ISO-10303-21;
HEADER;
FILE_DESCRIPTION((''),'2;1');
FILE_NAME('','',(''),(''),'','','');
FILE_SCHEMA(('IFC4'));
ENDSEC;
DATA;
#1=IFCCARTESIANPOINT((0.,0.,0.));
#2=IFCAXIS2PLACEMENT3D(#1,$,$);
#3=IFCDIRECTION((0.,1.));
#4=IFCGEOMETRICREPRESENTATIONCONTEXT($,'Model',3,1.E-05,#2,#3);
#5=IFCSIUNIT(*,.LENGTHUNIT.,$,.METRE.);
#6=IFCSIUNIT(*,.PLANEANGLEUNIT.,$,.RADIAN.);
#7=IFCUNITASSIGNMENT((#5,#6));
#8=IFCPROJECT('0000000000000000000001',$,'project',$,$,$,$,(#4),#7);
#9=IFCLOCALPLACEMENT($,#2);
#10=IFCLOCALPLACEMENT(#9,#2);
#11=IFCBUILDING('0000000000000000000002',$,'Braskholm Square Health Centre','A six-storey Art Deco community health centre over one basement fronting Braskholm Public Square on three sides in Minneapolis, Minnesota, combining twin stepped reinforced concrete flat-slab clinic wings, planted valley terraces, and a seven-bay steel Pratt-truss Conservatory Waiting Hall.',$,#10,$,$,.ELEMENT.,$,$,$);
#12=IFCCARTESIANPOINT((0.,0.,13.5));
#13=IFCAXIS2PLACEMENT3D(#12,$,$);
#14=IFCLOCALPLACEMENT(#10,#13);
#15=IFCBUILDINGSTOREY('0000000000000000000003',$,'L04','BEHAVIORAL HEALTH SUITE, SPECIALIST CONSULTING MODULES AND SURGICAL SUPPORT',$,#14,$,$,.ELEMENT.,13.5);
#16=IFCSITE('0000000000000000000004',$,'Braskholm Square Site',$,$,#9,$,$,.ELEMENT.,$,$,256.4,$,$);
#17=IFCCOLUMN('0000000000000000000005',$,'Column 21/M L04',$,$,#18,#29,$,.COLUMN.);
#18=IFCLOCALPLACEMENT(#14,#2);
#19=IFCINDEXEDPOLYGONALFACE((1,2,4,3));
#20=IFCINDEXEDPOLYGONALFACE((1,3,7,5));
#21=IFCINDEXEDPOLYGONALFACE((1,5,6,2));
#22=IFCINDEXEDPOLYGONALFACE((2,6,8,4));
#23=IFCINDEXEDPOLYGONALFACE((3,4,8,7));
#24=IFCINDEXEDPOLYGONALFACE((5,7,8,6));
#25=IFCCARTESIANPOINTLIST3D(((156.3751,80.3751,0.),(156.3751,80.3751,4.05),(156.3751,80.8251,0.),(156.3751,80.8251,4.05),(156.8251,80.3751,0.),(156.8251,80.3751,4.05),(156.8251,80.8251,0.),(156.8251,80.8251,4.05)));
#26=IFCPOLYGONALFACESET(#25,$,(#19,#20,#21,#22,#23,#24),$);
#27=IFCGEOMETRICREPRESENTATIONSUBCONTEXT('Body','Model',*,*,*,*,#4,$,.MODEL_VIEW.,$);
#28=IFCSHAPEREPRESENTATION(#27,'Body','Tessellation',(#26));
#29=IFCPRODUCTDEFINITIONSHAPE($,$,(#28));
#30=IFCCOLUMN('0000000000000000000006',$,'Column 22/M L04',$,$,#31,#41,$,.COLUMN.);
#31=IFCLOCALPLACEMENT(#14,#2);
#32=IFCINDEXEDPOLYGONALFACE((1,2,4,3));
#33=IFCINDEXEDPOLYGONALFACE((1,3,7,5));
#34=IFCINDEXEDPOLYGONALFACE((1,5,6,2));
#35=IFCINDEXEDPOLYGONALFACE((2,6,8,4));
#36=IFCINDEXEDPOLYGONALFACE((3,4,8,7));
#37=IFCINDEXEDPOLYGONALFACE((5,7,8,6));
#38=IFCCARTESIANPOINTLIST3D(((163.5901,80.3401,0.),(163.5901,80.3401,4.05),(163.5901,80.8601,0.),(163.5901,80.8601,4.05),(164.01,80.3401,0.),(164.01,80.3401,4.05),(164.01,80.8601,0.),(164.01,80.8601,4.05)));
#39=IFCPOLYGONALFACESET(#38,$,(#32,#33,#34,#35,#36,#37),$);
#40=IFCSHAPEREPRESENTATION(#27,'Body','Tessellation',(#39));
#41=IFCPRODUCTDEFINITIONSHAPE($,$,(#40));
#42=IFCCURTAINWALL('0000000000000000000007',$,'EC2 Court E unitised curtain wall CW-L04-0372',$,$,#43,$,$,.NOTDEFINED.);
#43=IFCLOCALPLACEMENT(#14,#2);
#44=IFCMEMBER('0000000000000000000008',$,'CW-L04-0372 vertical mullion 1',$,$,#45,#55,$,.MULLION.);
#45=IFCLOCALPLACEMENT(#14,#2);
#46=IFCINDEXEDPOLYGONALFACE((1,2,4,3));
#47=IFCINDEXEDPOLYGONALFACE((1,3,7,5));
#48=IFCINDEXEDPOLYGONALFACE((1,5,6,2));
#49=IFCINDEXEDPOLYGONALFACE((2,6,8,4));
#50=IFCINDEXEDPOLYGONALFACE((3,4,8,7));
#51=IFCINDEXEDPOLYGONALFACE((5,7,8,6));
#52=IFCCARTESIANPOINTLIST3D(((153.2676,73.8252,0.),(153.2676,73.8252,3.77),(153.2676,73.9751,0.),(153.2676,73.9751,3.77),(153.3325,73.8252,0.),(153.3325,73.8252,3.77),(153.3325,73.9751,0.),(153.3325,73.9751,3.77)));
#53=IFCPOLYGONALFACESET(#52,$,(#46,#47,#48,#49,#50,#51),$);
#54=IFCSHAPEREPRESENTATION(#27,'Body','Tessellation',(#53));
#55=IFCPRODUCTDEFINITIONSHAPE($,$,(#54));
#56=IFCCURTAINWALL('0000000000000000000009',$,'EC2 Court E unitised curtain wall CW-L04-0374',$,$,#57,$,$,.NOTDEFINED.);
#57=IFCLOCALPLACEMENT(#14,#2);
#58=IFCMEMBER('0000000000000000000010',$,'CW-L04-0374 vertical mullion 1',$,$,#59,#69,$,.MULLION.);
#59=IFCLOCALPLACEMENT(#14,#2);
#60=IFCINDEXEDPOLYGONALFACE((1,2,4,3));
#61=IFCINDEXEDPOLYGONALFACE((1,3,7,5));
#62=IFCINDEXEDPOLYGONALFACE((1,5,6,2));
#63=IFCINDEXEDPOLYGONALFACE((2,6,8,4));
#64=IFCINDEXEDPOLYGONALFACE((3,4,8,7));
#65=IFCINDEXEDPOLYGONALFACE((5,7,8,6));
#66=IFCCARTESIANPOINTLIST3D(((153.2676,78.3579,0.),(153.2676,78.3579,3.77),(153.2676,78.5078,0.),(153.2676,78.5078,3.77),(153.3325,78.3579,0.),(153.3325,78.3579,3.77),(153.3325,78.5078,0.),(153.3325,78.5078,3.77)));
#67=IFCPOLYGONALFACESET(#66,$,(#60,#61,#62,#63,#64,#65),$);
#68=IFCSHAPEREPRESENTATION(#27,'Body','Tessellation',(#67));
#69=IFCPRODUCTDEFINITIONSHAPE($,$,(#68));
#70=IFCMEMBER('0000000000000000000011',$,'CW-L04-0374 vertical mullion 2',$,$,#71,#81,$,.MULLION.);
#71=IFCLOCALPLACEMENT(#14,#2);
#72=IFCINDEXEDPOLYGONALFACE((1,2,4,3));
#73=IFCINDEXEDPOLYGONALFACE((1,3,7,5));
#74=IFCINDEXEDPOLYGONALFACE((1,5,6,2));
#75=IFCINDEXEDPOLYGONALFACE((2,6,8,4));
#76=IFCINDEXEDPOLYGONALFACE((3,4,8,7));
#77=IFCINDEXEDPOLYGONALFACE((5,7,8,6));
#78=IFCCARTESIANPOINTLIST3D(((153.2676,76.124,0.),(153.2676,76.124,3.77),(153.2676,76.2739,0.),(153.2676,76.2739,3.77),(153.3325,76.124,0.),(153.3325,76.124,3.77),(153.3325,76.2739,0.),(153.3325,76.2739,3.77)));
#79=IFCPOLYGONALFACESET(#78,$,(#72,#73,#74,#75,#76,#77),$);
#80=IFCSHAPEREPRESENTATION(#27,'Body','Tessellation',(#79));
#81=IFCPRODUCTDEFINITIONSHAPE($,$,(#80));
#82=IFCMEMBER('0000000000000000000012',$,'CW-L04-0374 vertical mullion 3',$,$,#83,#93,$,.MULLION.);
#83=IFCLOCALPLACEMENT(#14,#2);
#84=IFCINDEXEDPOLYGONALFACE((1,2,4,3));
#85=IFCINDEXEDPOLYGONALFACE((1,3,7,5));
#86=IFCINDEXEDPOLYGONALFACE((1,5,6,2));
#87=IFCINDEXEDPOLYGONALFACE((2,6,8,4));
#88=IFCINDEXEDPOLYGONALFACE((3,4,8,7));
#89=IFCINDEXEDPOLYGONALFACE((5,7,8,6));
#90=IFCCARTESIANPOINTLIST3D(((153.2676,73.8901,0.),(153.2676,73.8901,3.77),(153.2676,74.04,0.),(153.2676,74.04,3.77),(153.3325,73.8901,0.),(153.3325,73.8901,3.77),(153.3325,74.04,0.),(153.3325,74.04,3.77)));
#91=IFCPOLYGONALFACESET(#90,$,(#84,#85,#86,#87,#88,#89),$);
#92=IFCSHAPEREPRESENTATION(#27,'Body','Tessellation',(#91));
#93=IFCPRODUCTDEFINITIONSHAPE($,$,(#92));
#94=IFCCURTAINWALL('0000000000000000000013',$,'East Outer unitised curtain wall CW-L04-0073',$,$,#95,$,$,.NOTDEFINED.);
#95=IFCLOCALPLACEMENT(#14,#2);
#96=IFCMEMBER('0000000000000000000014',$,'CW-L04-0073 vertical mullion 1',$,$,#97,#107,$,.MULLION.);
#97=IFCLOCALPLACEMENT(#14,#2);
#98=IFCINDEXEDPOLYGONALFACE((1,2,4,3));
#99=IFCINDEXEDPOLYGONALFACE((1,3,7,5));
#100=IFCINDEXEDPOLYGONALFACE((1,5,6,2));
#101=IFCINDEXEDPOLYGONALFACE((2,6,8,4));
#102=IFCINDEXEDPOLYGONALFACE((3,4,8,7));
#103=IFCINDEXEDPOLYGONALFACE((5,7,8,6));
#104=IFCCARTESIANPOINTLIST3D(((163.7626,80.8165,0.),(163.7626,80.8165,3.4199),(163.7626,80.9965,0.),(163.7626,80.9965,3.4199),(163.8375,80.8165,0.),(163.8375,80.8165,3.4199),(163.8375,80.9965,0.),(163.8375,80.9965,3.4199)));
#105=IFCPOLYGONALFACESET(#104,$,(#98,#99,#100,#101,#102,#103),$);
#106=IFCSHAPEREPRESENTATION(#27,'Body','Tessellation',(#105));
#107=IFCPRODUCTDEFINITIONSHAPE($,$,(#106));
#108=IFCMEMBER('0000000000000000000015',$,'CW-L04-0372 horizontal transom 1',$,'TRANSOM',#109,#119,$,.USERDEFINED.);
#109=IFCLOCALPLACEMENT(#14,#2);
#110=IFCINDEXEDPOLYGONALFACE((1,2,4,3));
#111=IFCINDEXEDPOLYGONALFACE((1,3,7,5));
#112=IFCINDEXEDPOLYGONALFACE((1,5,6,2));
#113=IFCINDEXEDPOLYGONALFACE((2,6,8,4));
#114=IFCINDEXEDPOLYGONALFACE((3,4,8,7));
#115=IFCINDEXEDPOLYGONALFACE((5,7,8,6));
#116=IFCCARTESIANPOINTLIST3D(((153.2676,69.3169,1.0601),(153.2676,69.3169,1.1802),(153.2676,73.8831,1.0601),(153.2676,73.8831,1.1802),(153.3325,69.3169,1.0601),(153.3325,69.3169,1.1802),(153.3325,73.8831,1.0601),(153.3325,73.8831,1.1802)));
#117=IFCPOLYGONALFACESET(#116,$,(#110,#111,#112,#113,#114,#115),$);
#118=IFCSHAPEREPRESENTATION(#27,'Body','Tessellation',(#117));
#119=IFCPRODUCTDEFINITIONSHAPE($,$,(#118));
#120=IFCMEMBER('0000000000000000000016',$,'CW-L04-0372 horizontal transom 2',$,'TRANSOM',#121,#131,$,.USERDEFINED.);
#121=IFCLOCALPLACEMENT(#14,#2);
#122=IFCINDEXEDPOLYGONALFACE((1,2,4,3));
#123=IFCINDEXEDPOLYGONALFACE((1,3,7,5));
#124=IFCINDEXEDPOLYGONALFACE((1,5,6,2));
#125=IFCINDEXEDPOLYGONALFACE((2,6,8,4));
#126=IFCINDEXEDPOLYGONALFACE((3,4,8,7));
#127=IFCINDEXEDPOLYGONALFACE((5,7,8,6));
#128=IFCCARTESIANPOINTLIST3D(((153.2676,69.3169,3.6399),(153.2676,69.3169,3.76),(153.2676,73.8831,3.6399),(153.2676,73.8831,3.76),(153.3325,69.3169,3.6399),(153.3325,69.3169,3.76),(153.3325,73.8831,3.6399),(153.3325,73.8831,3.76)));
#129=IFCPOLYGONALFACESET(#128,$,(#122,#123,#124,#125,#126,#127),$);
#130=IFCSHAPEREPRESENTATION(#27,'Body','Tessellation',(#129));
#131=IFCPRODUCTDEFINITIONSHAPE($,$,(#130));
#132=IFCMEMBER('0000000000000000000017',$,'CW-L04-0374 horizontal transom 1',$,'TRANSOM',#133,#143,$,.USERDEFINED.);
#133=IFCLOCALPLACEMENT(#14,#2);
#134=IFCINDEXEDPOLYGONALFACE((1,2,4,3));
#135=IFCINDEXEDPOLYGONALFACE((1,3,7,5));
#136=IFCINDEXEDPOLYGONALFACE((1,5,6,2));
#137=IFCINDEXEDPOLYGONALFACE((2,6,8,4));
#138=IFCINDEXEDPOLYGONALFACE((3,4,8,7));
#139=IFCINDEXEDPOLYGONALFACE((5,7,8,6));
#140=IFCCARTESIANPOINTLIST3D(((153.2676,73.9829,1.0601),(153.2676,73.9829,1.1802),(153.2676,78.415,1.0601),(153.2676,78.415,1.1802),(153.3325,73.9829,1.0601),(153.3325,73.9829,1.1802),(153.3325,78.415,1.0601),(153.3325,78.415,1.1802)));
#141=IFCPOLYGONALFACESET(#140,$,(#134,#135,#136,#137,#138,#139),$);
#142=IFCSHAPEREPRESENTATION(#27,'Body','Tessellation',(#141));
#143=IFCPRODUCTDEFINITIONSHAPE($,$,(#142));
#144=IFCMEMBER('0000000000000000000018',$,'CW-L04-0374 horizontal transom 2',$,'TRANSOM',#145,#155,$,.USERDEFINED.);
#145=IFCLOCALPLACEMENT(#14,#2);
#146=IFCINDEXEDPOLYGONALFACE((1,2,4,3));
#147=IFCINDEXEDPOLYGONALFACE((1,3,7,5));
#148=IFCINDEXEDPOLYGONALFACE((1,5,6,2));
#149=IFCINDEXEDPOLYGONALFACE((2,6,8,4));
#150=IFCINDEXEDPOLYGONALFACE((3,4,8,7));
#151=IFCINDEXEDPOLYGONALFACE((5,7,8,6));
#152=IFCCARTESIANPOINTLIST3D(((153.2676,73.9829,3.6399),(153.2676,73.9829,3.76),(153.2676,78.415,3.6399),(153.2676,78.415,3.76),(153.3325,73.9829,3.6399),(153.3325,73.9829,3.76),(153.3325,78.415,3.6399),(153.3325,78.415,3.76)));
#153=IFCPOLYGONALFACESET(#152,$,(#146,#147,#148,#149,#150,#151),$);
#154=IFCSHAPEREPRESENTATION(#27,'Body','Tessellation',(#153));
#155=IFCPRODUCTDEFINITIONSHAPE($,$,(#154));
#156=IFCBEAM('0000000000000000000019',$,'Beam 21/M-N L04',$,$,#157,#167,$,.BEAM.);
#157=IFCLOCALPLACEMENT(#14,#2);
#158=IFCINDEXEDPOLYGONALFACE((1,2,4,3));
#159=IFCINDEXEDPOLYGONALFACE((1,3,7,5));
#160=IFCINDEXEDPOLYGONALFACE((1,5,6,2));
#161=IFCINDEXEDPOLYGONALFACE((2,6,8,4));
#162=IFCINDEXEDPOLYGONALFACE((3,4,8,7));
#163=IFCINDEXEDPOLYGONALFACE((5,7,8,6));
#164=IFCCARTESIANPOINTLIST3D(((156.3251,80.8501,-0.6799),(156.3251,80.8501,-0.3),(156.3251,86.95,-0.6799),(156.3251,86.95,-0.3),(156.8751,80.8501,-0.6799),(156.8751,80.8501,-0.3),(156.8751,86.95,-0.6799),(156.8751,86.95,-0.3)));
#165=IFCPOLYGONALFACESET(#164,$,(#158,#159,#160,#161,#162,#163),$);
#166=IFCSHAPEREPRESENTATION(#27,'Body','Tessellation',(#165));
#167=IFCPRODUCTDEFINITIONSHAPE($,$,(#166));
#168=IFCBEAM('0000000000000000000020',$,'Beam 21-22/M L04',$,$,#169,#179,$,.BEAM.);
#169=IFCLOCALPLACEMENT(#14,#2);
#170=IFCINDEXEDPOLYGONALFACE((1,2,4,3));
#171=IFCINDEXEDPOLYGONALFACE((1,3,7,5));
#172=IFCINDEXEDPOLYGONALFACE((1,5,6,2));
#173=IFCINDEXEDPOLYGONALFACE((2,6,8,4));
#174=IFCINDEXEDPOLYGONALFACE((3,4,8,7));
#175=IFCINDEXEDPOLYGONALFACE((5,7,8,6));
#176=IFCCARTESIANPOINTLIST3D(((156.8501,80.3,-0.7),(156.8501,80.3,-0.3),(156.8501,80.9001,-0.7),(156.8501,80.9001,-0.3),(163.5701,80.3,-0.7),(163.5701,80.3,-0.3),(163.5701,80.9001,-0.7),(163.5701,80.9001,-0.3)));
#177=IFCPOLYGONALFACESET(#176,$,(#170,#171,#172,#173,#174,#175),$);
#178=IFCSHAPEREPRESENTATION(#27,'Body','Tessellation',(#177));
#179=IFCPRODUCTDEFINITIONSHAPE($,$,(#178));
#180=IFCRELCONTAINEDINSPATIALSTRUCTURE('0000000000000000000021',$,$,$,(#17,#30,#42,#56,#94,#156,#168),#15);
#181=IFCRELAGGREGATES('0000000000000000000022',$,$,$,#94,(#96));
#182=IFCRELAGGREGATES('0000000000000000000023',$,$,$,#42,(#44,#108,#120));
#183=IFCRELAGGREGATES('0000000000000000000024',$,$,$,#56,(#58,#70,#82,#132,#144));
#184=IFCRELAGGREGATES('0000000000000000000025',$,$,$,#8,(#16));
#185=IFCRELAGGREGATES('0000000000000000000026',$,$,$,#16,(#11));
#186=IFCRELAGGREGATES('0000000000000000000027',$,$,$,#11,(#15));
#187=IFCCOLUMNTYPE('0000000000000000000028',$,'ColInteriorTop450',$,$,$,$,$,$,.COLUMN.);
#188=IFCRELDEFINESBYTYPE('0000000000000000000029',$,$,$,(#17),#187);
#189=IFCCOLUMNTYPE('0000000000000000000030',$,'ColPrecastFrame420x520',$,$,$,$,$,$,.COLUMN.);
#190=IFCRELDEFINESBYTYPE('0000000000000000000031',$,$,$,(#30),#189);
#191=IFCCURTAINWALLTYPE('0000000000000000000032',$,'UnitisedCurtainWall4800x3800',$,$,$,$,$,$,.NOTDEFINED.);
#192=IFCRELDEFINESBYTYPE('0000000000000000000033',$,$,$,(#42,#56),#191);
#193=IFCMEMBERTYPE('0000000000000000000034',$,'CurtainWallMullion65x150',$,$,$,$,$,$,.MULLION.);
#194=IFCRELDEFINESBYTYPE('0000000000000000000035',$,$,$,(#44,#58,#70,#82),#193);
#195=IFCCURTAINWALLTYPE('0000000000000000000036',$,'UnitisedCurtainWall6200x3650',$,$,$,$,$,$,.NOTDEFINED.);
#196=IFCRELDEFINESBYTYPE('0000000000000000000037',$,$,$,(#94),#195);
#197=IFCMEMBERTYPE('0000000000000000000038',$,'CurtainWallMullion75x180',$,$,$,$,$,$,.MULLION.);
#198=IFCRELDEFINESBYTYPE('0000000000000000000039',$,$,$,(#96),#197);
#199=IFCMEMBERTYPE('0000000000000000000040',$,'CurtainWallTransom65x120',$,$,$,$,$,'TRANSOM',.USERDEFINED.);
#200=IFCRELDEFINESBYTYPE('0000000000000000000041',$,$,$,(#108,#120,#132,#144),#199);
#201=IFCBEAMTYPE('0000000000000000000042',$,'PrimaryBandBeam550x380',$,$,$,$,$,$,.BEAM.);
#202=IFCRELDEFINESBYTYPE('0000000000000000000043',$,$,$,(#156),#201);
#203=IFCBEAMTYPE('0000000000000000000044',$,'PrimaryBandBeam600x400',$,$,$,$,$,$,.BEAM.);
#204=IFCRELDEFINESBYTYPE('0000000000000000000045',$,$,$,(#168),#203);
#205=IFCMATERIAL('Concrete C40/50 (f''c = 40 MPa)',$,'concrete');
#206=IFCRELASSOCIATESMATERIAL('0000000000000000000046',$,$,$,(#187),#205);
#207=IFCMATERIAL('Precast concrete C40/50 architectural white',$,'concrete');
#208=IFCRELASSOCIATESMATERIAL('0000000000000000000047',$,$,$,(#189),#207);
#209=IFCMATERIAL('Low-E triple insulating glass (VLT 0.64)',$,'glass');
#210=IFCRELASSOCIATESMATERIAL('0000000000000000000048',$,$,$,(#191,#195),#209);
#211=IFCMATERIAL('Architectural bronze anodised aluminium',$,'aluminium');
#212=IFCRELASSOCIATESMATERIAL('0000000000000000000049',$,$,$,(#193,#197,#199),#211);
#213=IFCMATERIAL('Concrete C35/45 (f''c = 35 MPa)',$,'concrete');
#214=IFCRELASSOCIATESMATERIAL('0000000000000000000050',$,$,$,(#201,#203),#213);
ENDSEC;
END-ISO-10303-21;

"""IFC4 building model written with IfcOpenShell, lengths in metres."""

from ifc_helpers import new_model, si_unit, direction, frame, origin, origin_2d, place, context, subcontext, project, spatial, rectangle, extrude, material, material_profile, profile_set, type_object, element, aggregate, save


model = new_model("IFC4")

# Units and contexts
model_context = context("Model", 3, precision=1e-05, world=origin(), true_north=direction((0.0, 1.0)))
body_context = subcontext(model_context, "Body", "Model", "MODEL_VIEW")
ifc_project = project(units=[si_unit("LENGTHUNIT", "METRE"), si_unit("PLANEANGLEUNIT", "RADIAN")], contexts=[model_context])

# Site, building, storey
site_placement = place(None, origin())
site = spatial("IfcSite", under=ifc_project, at=site_placement, Name="Braskholm Square Site", CompositionType="ELEMENT", RefElevation=256.4)
building_placement = place(site_placement, origin())
building = spatial("IfcBuilding", under=site, at=building_placement, Name="Braskholm Square Health Centre", Description="A six-storey Art Deco community health centre over one basement fronting Braskholm Public Square on three sides in Minneapolis, Minnesota, combining twin stepped reinforced concrete flat-slab clinic wings, planted valley terraces, and a seven-bay steel Pratt-truss Conservatory Waiting Hall.", CompositionType="ELEMENT")
storey_placement = place(building_placement, frame((0.0, 0.0, 13.5)))
storey = spatial("IfcBuildingStorey", under=building, at=storey_placement, Name="L04", Description="BEHAVIORAL HEALTH SUITE, SPECIALIST CONSULTING MODULES AND SURGICAL SUPPORT", CompositionType="ELEMENT", Elevation=13.5)

# Columns
ifc_material_1 = material(Name="Concrete C40/50 (f'c = 40 MPa)", Category="concrete")
ifc_material_profile_1 = material_profile(ifc_material_1, rectangle(XDim=0.45, YDim=0.45, at=origin_2d()), Name="RC-450X450")
ifc_profile_set_1 = profile_set([ifc_material_profile_1], Name="Concrete C40/50 (f'c = 40 MPa)")
column_type_1 = type_object("IfcColumnType", Name="ColInteriorTop450", PredefinedType="COLUMN", material=ifc_profile_set_1)
column_1_placement = place(storey_placement, frame((156.6001, 80.6001, 0.0), z_axis=(0.0, 0.0, 1.0), x_axis=(1.0, 0.0, 0.0)))
element("IfcColumn", 1, at=column_1_placement, inside=storey, type_object=column_type_1, Name="Column 21/M L04", PredefinedType="COLUMN", context=body_context, shape_type="SweptSolid", body=[
    extrude(rectangle(XDim=0.45, YDim=0.45, at=origin_2d()), origin(), (0.0, 0.0, 1.0), 4.05),
])
ifc_material_2 = material(Name="Precast concrete C40/50 architectural white", Category="concrete")
ifc_material_profile_2 = material_profile(ifc_material_2, rectangle(XDim=0.4199, YDim=0.52, at=origin_2d()), Name="RC-420X520")
ifc_profile_set_2 = profile_set([ifc_material_profile_2], Name="Precast concrete C40/50 architectural white")
column_type_2 = type_object("IfcColumnType", Name="ColPrecastFrame420x520", PredefinedType="COLUMN", material=ifc_profile_set_2)
column_2_placement = place(storey_placement, frame((163.8, 80.6001, 0.0), z_axis=(0.0, 0.0, 1.0), x_axis=(1.0, 0.0, 0.0)))
element("IfcColumn", 2, at=column_2_placement, inside=storey, type_object=column_type_2, Name="Column 22/M L04", PredefinedType="COLUMN", context=body_context, shape_type="SweptSolid", body=[
    extrude(rectangle(XDim=0.4199, YDim=0.52, at=origin_2d()), origin(), (0.0, 0.0, 1.0), 4.05),
])

# Curtain wall, member
ifc_material_3 = material(Name="Low-E triple insulating glass (VLT 0.64)", Category="glass")
curtain_wall_type_1 = type_object("IfcCurtainWallType", Name="UnitisedCurtainWall4800x3800", PredefinedType="NOTDEFINED", material=ifc_material_3)
curtain_wall_1_placement = place(storey_placement, origin())
curtain_wall_1 = element("IfcCurtainWall", 3, at=curtain_wall_1_placement, inside=storey, type_object=curtain_wall_type_1, Name="EC2 Court E unitised curtain wall CW-L04-0372", PredefinedType="NOTDEFINED")
ifc_material_4 = material(Name="Architectural bronze anodised aluminium", Category="aluminium")
ifc_material_profile_3 = material_profile(ifc_material_4, rectangle(XDim=0.0649, YDim=0.1499, at=origin_2d()), Name="ALU-65X150")
ifc_profile_set_3 = profile_set([ifc_material_profile_3], Name="Architectural bronze anodised aluminium")
member_type_1 = type_object("IfcMemberType", Name="CurtainWallMullion65x150", PredefinedType="MULLION", material=ifc_profile_set_3)
member_1_placement = place(storey_placement, frame((153.3, 73.9001, 0.0), z_axis=(0.0, 0.0, 1.0), x_axis=(1.0, 0.0, 0.0)))
member_1 = element("IfcMember", 4, at=member_1_placement, type_object=member_type_1, Name="CW-L04-0372 vertical mullion 1", PredefinedType="MULLION", context=body_context, shape_type="SweptSolid", body=[
    extrude(rectangle(XDim=0.0649, YDim=0.1499, at=origin_2d()), origin(), (0.0, 0.0, 1.0), 3.77),
])

# Curtain wall, members
curtain_wall_2_placement = place(storey_placement, origin())
curtain_wall_2 = element("IfcCurtainWall", 5, at=curtain_wall_2_placement, inside=storey, type_object=curtain_wall_type_1, Name="EC2 Court E unitised curtain wall CW-L04-0374", PredefinedType="NOTDEFINED")
member_2_placement = place(storey_placement, frame((153.3, 78.4329, 0.0), z_axis=(0.0, 0.0, 1.0), x_axis=(1.0, 0.0, 0.0)))
member_2 = element("IfcMember", 6, at=member_2_placement, type_object=member_type_1, Name="CW-L04-0374 vertical mullion 1", PredefinedType="MULLION", context=body_context, shape_type="SweptSolid", body=[
    extrude(rectangle(XDim=0.0649, YDim=0.1499, at=origin_2d()), origin(), (0.0, 0.0, 1.0), 3.77),
])
member_3_placement = place(storey_placement, frame((153.3, 76.199, 0.0), z_axis=(0.0, 0.0, 1.0), x_axis=(1.0, 0.0, 0.0)))
member_3 = element("IfcMember", 7, at=member_3_placement, type_object=member_type_1, Name="CW-L04-0374 vertical mullion 2", PredefinedType="MULLION", context=body_context, shape_type="SweptSolid", body=[
    extrude(rectangle(XDim=0.0649, YDim=0.1499, at=origin_2d()), origin(), (0.0, 0.0, 1.0), 3.77),
])
member_4_placement = place(storey_placement, frame((153.3, 73.9651, 0.0), z_axis=(0.0, 0.0, 1.0), x_axis=(1.0, 0.0, 0.0)))
member_4 = element("IfcMember", 8, at=member_4_placement, type_object=member_type_1, Name="CW-L04-0374 vertical mullion 3", PredefinedType="MULLION", context=body_context, shape_type="SweptSolid", body=[
    extrude(rectangle(XDim=0.0649, YDim=0.1499, at=origin_2d()), origin(), (0.0, 0.0, 1.0), 3.77),
])

# Curtain wall, member
curtain_wall_type_2 = type_object("IfcCurtainWallType", Name="UnitisedCurtainWall6200x3650", PredefinedType="NOTDEFINED", material=ifc_material_3)
curtain_wall_3_placement = place(storey_placement, origin())
curtain_wall_3 = element("IfcCurtainWall", 9, at=curtain_wall_3_placement, inside=storey, type_object=curtain_wall_type_2, Name="East Outer unitised curtain wall CW-L04-0073", PredefinedType="NOTDEFINED")
ifc_material_profile_4 = material_profile(ifc_material_4, rectangle(XDim=0.075, YDim=0.1799, at=origin_2d()), Name="ALU-75X180")
ifc_profile_set_4 = profile_set([ifc_material_profile_4], Name="Architectural bronze anodised aluminium")
member_type_2 = type_object("IfcMemberType", Name="CurtainWallMullion75x180", PredefinedType="MULLION", material=ifc_profile_set_4)
member_5_placement = place(storey_placement, frame((163.8, 80.9065, 0.0), z_axis=(0.0, 0.0, 1.0), x_axis=(1.0, 0.0, 0.0)))
member_5 = element("IfcMember", 10, at=member_5_placement, type_object=member_type_2, Name="CW-L04-0073 vertical mullion 1", PredefinedType="MULLION", context=body_context, shape_type="SweptSolid", body=[
    extrude(rectangle(XDim=0.075, YDim=0.1799, at=origin_2d()), origin(), (0.0, 0.0, 1.0), 3.4199),
])
aggregate(curtain_wall_3, [member_5])

# Members
ifc_material_profile_5 = material_profile(ifc_material_4, rectangle(XDim=0.0649, YDim=0.1201, at=origin_2d()), Name="ALU-65X120")
ifc_profile_set_5 = profile_set([ifc_material_profile_5], Name="Architectural bronze anodised aluminium")
member_type_3 = type_object("IfcMemberType", Name="CurtainWallTransom65x120", ElementType="TRANSOM", PredefinedType="USERDEFINED", material=ifc_profile_set_5)
member_6_placement = place(storey_placement, frame((153.3, 73.8831, 1.1201), z_axis=(0.0, -1.0, 0.0), x_axis=(1.0, 0.0, 0.0)))
member_6 = element("IfcMember", 11, at=member_6_placement, type_object=member_type_3, Name="CW-L04-0372 horizontal transom 1", ObjectType="TRANSOM", PredefinedType="USERDEFINED", context=body_context, shape_type="SweptSolid", body=[
    extrude(rectangle(XDim=0.0649, YDim=0.1201, at=origin_2d()), origin(), (0.0, 0.0, 1.0), 4.5662),
])
member_7_placement = place(storey_placement, frame((153.3, 73.8831, 3.7), z_axis=(0.0, -1.0, 0.0), x_axis=(1.0, 0.0, 0.0)))
member_7 = element("IfcMember", 12, at=member_7_placement, type_object=member_type_3, Name="CW-L04-0372 horizontal transom 2", ObjectType="TRANSOM", PredefinedType="USERDEFINED", context=body_context, shape_type="SweptSolid", body=[
    extrude(rectangle(XDim=0.0649, YDim=0.1201, at=origin_2d()), origin(), (0.0, 0.0, 1.0), 4.5662),
])
aggregate(curtain_wall_1, [member_1, member_6, member_7])
member_8_placement = place(storey_placement, frame((153.3, 78.415, 1.1201), z_axis=(0.0, -1.0, 0.0), x_axis=(1.0, 0.0, 0.0)))
member_8 = element("IfcMember", 13, at=member_8_placement, type_object=member_type_3, Name="CW-L04-0374 horizontal transom 1", ObjectType="TRANSOM", PredefinedType="USERDEFINED", context=body_context, shape_type="SweptSolid", body=[
    extrude(rectangle(XDim=0.0649, YDim=0.1201, at=origin_2d()), origin(), (0.0, 0.0, 1.0), 4.4321),
])
member_9_placement = place(storey_placement, frame((153.3, 78.415, 3.7), z_axis=(0.0, -1.0, 0.0), x_axis=(1.0, 0.0, 0.0)))
member_9 = element("IfcMember", 14, at=member_9_placement, type_object=member_type_3, Name="CW-L04-0374 horizontal transom 2", ObjectType="TRANSOM", PredefinedType="USERDEFINED", context=body_context, shape_type="SweptSolid", body=[
    extrude(rectangle(XDim=0.0649, YDim=0.1201, at=origin_2d()), origin(), (0.0, 0.0, 1.0), 4.4321),
])

# Beams
ifc_material_5 = material(Name="Concrete C35/45 (f'c = 35 MPa)", Category="concrete")
ifc_material_profile_6 = material_profile(ifc_material_5, rectangle(XDim=0.55, YDim=0.3799, at=origin_2d()), Name="RCB-550X380")
ifc_profile_set_6 = profile_set([ifc_material_profile_6], Name="Concrete C35/45 (f'c = 35 MPa)")
beam_type_1 = type_object("IfcBeamType", Name="PrimaryBandBeam550x380", PredefinedType="BEAM", material=ifc_profile_set_6)
beam_1_placement = place(storey_placement, frame((156.6001, 80.8501, -0.49), z_axis=(0.0, 1.0, 0.0), x_axis=(-1.0, 0.0, 0.0)))
element("IfcBeam", 15, at=beam_1_placement, inside=storey, type_object=beam_type_1, Name="Beam 21/M-N L04", PredefinedType="BEAM", context=body_context, shape_type="SweptSolid", body=[
    extrude(rectangle(XDim=0.55, YDim=0.3799, at=origin_2d()), origin(), (0.0, 0.0, 1.0), 6.0999),
])
ifc_material_profile_7 = material_profile(ifc_material_5, rectangle(XDim=0.6001, YDim=0.3999, at=origin_2d()), Name="RCB-600X400")
ifc_profile_set_7 = profile_set([ifc_material_profile_7], Name="Concrete C35/45 (f'c = 35 MPa)")
beam_type_2 = type_object("IfcBeamType", Name="PrimaryBandBeam600x400", PredefinedType="BEAM", material=ifc_profile_set_7)
beam_2_placement = place(storey_placement, frame((156.8501, 80.6001, -0.5), z_axis=(1.0, 0.0, 0.0), x_axis=(0.0, 1.0, 0.0)))
element("IfcBeam", 16, at=beam_2_placement, inside=storey, type_object=beam_type_2, Name="Beam 21-22/M L04", PredefinedType="BEAM", context=body_context, shape_type="SweptSolid", body=[
    extrude(rectangle(XDim=0.6001, YDim=0.3999, at=origin_2d()), origin(), (0.0, 0.0, 1.0), 6.72),
])

aggregate(curtain_wall_2, [member_2, member_3, member_4, member_8, member_9])

save(model, "model.ifc")
